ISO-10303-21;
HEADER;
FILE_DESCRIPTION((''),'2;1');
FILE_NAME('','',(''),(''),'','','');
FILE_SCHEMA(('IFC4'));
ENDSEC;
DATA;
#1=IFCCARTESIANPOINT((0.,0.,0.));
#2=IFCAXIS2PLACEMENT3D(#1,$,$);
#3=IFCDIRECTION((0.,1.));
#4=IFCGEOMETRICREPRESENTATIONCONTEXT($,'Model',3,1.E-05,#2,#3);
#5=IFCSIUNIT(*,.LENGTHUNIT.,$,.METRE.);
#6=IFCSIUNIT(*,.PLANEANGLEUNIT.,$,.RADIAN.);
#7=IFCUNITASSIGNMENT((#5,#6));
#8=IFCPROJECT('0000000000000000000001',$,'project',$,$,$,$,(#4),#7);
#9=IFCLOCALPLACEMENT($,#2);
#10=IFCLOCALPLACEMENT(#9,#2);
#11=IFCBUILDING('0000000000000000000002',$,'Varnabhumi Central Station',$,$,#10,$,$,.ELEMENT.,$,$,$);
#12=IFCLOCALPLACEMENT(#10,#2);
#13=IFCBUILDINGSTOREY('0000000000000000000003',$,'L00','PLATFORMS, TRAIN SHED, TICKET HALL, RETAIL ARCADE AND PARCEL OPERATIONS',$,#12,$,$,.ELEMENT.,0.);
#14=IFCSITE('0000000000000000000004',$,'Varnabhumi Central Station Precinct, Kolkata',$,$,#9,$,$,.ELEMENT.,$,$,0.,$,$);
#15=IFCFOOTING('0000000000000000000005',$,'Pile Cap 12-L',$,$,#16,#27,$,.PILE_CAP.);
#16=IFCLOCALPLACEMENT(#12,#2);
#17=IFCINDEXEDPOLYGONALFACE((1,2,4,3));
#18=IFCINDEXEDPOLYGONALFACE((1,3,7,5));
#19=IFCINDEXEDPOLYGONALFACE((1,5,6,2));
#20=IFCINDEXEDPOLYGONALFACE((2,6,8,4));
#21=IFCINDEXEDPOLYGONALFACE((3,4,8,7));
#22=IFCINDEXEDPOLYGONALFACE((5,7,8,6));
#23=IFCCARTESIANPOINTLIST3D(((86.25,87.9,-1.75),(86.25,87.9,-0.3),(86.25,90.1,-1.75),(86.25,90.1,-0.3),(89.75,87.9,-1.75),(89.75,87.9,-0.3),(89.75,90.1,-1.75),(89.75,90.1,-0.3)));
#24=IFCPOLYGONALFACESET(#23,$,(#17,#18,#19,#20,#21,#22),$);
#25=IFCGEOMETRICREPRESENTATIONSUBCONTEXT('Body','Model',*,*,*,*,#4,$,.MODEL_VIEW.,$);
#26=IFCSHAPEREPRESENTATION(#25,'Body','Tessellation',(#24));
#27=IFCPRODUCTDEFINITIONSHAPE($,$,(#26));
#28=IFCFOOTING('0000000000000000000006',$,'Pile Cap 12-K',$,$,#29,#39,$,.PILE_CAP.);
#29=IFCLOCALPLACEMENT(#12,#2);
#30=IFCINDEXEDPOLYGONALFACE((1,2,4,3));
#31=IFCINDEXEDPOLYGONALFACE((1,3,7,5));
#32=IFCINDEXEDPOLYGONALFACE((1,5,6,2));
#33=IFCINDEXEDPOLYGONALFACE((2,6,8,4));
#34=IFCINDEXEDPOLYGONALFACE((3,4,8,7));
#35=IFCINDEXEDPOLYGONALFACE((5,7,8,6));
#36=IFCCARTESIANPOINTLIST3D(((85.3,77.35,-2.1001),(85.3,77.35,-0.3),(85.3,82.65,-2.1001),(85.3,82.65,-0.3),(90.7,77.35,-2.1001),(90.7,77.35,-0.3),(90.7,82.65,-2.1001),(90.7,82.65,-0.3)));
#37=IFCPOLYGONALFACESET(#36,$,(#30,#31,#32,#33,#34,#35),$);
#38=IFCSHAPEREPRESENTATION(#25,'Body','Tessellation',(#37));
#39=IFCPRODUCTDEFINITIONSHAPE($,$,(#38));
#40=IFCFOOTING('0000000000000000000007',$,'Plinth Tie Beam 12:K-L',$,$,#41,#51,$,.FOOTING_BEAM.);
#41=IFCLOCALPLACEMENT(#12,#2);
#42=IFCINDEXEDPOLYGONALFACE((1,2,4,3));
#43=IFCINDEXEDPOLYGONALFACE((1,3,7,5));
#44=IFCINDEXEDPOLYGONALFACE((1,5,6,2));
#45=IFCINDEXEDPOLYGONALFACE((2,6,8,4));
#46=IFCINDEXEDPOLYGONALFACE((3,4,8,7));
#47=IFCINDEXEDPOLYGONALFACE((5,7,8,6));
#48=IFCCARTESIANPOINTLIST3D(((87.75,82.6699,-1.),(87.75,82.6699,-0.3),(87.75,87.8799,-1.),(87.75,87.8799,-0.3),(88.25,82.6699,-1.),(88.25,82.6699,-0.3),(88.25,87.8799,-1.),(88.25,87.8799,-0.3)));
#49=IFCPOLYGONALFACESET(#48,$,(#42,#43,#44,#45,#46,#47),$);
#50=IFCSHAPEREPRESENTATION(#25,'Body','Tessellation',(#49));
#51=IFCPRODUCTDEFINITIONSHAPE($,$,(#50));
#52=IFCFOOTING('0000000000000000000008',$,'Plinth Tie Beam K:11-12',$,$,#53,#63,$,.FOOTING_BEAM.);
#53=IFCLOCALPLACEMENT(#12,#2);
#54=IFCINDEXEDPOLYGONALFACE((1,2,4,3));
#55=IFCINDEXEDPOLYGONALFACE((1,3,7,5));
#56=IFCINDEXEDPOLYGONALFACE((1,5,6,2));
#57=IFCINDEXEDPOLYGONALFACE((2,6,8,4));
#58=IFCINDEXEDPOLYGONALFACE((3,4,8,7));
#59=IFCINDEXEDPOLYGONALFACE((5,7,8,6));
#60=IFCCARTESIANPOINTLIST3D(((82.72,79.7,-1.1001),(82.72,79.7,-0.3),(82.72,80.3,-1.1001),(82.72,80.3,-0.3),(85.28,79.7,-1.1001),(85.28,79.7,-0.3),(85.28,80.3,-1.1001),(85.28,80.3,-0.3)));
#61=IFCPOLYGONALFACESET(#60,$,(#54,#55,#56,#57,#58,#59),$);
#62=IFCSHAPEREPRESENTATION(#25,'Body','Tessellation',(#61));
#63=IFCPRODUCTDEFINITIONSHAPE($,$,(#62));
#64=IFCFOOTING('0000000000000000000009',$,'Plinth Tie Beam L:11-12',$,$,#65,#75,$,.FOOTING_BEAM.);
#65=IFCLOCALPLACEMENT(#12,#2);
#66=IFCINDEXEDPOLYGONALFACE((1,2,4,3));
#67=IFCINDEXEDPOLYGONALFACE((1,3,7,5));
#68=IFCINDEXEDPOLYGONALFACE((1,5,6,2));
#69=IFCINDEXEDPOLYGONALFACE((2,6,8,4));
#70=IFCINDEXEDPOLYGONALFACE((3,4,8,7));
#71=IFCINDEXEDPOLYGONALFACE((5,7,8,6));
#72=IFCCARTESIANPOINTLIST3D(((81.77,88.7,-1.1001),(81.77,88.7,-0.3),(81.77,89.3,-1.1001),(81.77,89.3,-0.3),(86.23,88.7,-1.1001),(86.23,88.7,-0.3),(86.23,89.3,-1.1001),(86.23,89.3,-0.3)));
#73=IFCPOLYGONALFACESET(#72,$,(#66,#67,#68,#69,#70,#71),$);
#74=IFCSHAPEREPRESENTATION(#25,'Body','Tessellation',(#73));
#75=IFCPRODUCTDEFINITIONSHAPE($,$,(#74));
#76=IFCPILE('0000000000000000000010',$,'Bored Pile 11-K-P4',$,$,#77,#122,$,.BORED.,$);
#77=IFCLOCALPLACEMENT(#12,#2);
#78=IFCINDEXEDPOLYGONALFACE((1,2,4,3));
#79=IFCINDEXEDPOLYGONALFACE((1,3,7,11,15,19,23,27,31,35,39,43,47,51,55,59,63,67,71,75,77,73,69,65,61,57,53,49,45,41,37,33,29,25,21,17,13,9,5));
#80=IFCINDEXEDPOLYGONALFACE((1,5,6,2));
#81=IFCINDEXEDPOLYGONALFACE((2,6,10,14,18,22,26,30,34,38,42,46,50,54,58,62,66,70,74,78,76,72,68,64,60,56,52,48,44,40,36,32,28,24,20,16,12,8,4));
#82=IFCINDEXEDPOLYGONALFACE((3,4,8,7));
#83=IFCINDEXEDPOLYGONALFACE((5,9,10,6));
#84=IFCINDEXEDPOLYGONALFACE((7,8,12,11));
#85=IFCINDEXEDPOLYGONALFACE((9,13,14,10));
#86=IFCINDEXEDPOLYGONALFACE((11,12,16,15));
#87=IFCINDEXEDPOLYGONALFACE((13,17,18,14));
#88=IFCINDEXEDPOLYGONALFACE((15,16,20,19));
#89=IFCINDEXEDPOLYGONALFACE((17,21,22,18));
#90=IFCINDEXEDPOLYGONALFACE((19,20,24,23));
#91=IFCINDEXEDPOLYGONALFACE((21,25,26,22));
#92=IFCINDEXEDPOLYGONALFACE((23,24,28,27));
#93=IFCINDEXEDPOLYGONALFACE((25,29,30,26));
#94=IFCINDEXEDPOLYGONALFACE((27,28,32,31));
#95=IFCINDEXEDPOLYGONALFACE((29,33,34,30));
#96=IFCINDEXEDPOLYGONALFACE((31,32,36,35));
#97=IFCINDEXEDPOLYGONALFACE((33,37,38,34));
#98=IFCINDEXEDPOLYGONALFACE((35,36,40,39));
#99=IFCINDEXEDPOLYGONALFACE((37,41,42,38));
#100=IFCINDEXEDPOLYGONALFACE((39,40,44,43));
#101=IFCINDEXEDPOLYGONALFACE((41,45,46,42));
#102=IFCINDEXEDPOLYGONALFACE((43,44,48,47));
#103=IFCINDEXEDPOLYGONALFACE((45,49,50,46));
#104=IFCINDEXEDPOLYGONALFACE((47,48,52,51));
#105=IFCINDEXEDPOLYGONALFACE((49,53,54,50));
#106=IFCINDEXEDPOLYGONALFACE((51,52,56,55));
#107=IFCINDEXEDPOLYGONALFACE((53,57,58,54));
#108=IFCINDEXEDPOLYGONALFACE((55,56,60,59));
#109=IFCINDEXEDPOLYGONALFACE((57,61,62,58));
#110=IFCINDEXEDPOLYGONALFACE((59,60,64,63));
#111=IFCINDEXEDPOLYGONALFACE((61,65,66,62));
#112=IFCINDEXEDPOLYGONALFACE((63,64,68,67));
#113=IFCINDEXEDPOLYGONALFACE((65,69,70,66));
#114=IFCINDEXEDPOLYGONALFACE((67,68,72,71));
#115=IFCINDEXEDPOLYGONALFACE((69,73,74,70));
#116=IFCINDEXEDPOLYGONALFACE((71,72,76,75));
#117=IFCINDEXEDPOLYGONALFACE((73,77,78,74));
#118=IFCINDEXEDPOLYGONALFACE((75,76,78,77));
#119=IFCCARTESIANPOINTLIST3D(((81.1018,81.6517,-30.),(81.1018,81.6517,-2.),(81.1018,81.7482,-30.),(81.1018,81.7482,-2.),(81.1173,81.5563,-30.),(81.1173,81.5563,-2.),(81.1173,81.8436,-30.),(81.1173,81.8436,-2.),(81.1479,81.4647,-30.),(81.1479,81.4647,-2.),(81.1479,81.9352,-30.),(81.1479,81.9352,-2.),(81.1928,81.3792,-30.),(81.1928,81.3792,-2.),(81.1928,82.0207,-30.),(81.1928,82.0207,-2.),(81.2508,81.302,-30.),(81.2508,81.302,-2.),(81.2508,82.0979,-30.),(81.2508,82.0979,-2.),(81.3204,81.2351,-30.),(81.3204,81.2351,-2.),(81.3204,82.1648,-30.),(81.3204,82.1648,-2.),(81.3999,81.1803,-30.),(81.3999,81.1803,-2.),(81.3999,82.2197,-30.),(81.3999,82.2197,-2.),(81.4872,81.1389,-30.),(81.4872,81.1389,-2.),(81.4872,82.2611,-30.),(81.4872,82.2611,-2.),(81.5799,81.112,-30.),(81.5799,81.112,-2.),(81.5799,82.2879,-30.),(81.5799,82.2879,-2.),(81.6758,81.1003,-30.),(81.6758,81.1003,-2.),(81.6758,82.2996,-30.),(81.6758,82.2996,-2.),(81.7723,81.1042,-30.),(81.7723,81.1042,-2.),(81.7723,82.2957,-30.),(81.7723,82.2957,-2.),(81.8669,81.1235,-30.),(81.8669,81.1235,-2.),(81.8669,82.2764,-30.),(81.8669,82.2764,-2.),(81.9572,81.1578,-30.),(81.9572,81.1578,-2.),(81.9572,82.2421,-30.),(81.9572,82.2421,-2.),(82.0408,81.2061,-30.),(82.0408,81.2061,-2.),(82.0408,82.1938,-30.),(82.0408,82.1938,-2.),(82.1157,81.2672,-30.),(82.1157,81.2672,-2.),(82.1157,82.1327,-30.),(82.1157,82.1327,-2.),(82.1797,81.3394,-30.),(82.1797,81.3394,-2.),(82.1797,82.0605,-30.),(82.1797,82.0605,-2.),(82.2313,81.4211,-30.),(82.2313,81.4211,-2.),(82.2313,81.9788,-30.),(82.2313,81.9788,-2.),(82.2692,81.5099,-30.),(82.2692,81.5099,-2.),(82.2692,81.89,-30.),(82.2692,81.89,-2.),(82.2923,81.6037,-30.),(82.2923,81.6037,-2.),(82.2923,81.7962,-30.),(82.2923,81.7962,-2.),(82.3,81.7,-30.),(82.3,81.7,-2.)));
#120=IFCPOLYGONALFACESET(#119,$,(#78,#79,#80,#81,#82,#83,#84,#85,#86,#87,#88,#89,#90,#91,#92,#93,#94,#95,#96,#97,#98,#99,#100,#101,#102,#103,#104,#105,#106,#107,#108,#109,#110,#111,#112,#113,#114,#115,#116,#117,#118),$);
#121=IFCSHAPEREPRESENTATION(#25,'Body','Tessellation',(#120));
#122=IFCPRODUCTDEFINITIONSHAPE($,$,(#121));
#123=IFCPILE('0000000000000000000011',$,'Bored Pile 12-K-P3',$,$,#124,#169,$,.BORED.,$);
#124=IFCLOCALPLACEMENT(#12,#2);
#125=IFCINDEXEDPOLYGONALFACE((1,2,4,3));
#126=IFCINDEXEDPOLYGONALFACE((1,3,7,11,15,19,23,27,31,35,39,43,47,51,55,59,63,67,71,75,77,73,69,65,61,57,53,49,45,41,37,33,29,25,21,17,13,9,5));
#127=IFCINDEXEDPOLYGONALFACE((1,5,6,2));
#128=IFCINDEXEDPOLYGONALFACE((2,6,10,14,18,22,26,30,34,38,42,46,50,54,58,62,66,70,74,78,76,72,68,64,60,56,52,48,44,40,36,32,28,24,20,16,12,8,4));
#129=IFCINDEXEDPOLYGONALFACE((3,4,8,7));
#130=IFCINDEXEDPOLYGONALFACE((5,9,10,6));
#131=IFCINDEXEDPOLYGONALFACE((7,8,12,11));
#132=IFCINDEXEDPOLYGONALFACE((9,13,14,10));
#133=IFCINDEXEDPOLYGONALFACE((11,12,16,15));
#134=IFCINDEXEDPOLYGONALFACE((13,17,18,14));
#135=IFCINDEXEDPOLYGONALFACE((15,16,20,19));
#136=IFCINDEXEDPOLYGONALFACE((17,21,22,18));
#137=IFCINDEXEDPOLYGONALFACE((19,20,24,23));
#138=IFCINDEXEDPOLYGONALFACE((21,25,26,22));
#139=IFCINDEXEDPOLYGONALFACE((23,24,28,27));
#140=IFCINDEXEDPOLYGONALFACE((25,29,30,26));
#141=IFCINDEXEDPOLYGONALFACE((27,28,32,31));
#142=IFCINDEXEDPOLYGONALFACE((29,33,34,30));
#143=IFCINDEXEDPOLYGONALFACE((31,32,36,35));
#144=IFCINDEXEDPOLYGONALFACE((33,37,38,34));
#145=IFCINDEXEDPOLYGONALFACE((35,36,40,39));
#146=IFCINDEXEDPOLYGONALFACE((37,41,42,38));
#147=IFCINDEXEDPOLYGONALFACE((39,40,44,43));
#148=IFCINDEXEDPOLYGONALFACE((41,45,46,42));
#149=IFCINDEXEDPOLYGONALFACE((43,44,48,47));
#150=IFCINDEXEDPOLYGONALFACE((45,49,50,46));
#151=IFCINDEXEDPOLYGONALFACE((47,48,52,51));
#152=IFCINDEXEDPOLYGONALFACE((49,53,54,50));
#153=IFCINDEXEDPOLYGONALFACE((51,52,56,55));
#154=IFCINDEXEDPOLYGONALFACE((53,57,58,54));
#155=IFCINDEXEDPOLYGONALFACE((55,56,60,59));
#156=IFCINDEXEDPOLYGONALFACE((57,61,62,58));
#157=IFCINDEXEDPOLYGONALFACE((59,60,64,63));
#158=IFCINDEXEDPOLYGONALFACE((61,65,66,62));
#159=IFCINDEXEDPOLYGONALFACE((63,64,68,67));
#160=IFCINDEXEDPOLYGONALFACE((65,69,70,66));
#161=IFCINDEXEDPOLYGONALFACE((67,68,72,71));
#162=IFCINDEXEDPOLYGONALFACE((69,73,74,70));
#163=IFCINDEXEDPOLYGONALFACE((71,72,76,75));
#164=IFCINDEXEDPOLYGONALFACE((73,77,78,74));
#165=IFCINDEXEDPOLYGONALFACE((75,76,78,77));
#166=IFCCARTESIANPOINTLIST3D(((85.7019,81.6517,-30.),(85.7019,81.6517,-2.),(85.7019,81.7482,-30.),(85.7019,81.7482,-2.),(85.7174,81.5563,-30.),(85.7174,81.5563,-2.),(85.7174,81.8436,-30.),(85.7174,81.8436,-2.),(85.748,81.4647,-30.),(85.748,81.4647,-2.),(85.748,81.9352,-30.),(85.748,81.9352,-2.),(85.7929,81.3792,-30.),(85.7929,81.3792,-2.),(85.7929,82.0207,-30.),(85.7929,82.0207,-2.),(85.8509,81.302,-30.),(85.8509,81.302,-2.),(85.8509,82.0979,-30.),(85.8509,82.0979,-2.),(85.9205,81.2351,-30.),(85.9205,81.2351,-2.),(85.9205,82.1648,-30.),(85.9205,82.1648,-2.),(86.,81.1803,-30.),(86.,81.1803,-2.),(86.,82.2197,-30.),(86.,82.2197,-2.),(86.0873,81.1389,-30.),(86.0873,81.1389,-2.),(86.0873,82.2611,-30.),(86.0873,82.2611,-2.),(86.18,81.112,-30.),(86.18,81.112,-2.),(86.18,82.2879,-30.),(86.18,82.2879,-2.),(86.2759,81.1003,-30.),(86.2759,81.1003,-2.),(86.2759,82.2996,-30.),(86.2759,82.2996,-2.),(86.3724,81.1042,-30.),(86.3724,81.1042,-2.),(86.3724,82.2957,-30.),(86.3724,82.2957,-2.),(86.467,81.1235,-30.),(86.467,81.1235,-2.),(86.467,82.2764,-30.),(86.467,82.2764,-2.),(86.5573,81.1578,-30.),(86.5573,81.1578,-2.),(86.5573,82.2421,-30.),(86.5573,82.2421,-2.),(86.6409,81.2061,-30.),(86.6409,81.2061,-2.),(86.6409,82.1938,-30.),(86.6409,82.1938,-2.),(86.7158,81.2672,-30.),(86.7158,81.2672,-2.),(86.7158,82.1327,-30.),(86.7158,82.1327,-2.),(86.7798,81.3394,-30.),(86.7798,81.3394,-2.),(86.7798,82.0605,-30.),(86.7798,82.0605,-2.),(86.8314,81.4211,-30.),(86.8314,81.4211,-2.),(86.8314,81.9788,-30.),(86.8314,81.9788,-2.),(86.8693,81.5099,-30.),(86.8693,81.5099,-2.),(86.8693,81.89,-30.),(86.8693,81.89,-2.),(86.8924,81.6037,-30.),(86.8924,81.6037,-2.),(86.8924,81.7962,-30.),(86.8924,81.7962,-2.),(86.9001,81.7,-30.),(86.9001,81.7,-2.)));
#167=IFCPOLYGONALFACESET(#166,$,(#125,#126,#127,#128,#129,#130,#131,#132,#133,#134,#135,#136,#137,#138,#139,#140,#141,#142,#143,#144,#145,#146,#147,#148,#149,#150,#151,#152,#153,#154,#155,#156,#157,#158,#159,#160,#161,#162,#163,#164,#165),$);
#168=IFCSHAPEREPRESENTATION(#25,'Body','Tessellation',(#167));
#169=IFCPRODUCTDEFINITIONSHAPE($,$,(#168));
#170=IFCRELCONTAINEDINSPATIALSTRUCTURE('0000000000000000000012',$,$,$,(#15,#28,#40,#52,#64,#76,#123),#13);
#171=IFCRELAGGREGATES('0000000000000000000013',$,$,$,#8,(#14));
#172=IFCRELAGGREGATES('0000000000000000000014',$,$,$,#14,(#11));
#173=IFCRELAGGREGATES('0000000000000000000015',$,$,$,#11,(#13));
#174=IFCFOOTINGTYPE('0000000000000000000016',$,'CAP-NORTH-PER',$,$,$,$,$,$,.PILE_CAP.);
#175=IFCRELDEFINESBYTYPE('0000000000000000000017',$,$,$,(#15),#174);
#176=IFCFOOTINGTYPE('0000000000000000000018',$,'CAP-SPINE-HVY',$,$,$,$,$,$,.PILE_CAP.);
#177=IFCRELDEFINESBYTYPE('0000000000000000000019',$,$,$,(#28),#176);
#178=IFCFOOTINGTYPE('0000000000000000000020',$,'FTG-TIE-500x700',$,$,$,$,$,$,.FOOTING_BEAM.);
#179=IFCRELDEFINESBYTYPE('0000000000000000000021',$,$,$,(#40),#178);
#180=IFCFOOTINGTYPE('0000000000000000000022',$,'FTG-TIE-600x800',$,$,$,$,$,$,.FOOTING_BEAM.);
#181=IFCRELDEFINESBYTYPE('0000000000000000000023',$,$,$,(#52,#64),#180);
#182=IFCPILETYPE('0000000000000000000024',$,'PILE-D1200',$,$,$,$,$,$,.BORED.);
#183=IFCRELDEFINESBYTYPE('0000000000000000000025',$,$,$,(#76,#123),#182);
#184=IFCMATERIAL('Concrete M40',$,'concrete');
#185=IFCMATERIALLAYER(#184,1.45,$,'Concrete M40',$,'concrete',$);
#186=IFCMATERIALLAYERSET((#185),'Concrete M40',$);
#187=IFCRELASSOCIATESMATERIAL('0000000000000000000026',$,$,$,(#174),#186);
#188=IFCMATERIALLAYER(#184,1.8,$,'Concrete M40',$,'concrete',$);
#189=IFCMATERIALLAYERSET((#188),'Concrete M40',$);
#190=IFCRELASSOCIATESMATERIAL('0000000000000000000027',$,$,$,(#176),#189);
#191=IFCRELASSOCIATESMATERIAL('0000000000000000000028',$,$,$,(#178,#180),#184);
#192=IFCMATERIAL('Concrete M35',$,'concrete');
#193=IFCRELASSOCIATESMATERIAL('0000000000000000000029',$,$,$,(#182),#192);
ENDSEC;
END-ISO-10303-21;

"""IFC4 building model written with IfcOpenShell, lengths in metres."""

from ifc_helpers import new_model, si_unit, direction, frame, origin, origin_2d, place, context, subcontext, project, spatial, rectangle, circle, extrude, material, layer, layer_set, material_profile, profile_set, type_object, element, save


model = new_model("IFC4")

# Units and contexts
model_context = context("Model", 3, precision=1e-05, world=origin(), true_north=direction((0.0, 1.0)))
body_context = subcontext(model_context, "Body", "Model", "MODEL_VIEW")
ifc_project = project(units=[si_unit("LENGTHUNIT", "METRE"), si_unit("PLANEANGLEUNIT", "RADIAN")], contexts=[model_context])

# Site, building, storey
site_placement = place(None, origin())
site = spatial("IfcSite", under=ifc_project, at=site_placement, Name="Varnabhumi Central Station Precinct, Kolkata", CompositionType="ELEMENT", RefElevation=0.0)
building_placement = place(site_placement, origin())
building = spatial("IfcBuilding", under=site, at=building_placement, Name="Varnabhumi Central Station", CompositionType="ELEMENT")
storey_placement = place(building_placement, origin())
storey = spatial("IfcBuildingStorey", under=building, at=storey_placement, Name="L00", Description="PLATFORMS, TRAIN SHED, TICKET HALL, RETAIL ARCADE AND PARCEL OPERATIONS", CompositionType="ELEMENT", Elevation=0.0)

# Footings
ifc_material_1 = material(Name="Concrete M40", Category="concrete")
ifc_layer_1 = layer(ifc_material_1, 1.45, Name="Concrete M40", Category="concrete")
ifc_layer_set_1 = layer_set([ifc_layer_1], Name="Concrete M40")
footing_type_1 = type_object("IfcFootingType", Name="CAP-NORTH-PER", PredefinedType="PILE_CAP", material=ifc_layer_set_1)
footing_1_placement = place(storey_placement, frame((88.0, 89.0, -1.75), z_axis=(0.0, 0.0, 1.0), x_axis=(1.0, 0.0, 0.0)))
element("IfcFooting", 1, at=footing_1_placement, inside=storey, type_object=footing_type_1, Name="Pile Cap 12-L", PredefinedType="PILE_CAP", context=body_context, shape_type="SweptSolid", body=[
    extrude(rectangle(XDim=3.5, YDim=2.2, at=origin_2d()), origin(), (0.0, 0.0, 1.0), 1.45),
])
ifc_layer_2 = layer(ifc_material_1, 1.8, Name="Concrete M40", Category="concrete")
ifc_layer_set_2 = layer_set([ifc_layer_2], Name="Concrete M40")
footing_type_2 = type_object("IfcFootingType", Name="CAP-SPINE-HVY", PredefinedType="PILE_CAP", material=ifc_layer_set_2)
footing_2_placement = place(storey_placement, frame((88.0, 80.0, -2.1001), z_axis=(0.0, 0.0, 1.0), x_axis=(1.0, 0.0, 0.0)))
element("IfcFooting", 2, at=footing_2_placement, inside=storey, type_object=footing_type_2, Name="Pile Cap 12-K", PredefinedType="PILE_CAP", context=body_context, shape_type="SweptSolid", body=[
    extrude(rectangle(XDim=5.3999, YDim=5.3, at=origin_2d()), origin(), (0.0, 0.0, 1.0), 1.8),
])
footing_type_3 = type_object("IfcFootingType", Name="FTG-TIE-500x700", PredefinedType="FOOTING_BEAM", material=ifc_material_1)
footing_3_placement = place(storey_placement, frame((88.0, 85.2749, -1.0), z_axis=(0.0, 0.0, 1.0), x_axis=(1.0, 0.0, 0.0)))
element("IfcFooting", 3, at=footing_3_placement, inside=storey, type_object=footing_type_3, Name="Plinth Tie Beam 12:K-L", PredefinedType="FOOTING_BEAM", context=body_context, shape_type="SweptSolid", body=[
    extrude(rectangle(XDim=0.5, YDim=5.21, at=origin_2d()), origin(), (0.0, 0.0, 1.0), 0.7),
])
footing_type_4 = type_object("IfcFootingType", Name="FTG-TIE-600x800", PredefinedType="FOOTING_BEAM", material=ifc_material_1)
footing_4_placement = place(storey_placement, frame((84.0, 80.0, -1.1001), z_axis=(0.0, 0.0, 1.0), x_axis=(1.0, 0.0, 0.0)))
element("IfcFooting", 4, at=footing_4_placement, inside=storey, type_object=footing_type_4, Name="Plinth Tie Beam K:11-12", PredefinedType="FOOTING_BEAM", context=body_context, shape_type="SweptSolid", body=[
    extrude(rectangle(XDim=2.5601, YDim=0.6001, at=origin_2d()), origin(), (0.0, 0.0, 1.0), 0.8),
])
footing_5_placement = place(storey_placement, frame((84.0, 89.0, -1.1001), z_axis=(0.0, 0.0, 1.0), x_axis=(1.0, 0.0, 0.0)))
element("IfcFooting", 5, at=footing_5_placement, inside=storey, type_object=footing_type_4, Name="Plinth Tie Beam L:11-12", PredefinedType="FOOTING_BEAM", context=body_context, shape_type="SweptSolid", body=[
    extrude(rectangle(XDim=4.46, YDim=0.6001, at=origin_2d()), origin(), (0.0, 0.0, 1.0), 0.8),
])

# Piles
ifc_material_2 = material(Name="Concrete M35", Category="concrete")
ifc_material_profile_1 = material_profile(ifc_material_2, circle(Radius=0.6001, at=origin_2d()), Name="Concrete M35", Category="concrete")
ifc_profile_set_1 = profile_set([ifc_material_profile_1], Name="Concrete M35")
pile_type_1 = type_object("IfcPileType", Name="PILE-D1200", PredefinedType="BORED", material=ifc_profile_set_1)
for number, where, z_axis, x_axis, name in (
    (6, (81.7, 81.7, -2.0), (0.0, 0.0, -1.0), (1.0, 0.0, 0.0), "Bored Pile 11-K-P4"),
    (7, (86.3, 81.7, -2.0), (0.0, 0.0, -1.0), (1.0, 0.0, 0.0), "Bored Pile 12-K-P3"),
):
    element("IfcPile", number, at=place(storey_placement, frame(where, z_axis=z_axis, x_axis=x_axis)), inside=storey, type_object=pile_type_1, Name=name, PredefinedType="BORED", context=body_context, shape_type="SweptSolid", body=[
        extrude(circle(Radius=0.6001, at=origin_2d()), origin(), (0.0, 0.0, 1.0), 28.0),
    ])

save(model, "model.ifc")
